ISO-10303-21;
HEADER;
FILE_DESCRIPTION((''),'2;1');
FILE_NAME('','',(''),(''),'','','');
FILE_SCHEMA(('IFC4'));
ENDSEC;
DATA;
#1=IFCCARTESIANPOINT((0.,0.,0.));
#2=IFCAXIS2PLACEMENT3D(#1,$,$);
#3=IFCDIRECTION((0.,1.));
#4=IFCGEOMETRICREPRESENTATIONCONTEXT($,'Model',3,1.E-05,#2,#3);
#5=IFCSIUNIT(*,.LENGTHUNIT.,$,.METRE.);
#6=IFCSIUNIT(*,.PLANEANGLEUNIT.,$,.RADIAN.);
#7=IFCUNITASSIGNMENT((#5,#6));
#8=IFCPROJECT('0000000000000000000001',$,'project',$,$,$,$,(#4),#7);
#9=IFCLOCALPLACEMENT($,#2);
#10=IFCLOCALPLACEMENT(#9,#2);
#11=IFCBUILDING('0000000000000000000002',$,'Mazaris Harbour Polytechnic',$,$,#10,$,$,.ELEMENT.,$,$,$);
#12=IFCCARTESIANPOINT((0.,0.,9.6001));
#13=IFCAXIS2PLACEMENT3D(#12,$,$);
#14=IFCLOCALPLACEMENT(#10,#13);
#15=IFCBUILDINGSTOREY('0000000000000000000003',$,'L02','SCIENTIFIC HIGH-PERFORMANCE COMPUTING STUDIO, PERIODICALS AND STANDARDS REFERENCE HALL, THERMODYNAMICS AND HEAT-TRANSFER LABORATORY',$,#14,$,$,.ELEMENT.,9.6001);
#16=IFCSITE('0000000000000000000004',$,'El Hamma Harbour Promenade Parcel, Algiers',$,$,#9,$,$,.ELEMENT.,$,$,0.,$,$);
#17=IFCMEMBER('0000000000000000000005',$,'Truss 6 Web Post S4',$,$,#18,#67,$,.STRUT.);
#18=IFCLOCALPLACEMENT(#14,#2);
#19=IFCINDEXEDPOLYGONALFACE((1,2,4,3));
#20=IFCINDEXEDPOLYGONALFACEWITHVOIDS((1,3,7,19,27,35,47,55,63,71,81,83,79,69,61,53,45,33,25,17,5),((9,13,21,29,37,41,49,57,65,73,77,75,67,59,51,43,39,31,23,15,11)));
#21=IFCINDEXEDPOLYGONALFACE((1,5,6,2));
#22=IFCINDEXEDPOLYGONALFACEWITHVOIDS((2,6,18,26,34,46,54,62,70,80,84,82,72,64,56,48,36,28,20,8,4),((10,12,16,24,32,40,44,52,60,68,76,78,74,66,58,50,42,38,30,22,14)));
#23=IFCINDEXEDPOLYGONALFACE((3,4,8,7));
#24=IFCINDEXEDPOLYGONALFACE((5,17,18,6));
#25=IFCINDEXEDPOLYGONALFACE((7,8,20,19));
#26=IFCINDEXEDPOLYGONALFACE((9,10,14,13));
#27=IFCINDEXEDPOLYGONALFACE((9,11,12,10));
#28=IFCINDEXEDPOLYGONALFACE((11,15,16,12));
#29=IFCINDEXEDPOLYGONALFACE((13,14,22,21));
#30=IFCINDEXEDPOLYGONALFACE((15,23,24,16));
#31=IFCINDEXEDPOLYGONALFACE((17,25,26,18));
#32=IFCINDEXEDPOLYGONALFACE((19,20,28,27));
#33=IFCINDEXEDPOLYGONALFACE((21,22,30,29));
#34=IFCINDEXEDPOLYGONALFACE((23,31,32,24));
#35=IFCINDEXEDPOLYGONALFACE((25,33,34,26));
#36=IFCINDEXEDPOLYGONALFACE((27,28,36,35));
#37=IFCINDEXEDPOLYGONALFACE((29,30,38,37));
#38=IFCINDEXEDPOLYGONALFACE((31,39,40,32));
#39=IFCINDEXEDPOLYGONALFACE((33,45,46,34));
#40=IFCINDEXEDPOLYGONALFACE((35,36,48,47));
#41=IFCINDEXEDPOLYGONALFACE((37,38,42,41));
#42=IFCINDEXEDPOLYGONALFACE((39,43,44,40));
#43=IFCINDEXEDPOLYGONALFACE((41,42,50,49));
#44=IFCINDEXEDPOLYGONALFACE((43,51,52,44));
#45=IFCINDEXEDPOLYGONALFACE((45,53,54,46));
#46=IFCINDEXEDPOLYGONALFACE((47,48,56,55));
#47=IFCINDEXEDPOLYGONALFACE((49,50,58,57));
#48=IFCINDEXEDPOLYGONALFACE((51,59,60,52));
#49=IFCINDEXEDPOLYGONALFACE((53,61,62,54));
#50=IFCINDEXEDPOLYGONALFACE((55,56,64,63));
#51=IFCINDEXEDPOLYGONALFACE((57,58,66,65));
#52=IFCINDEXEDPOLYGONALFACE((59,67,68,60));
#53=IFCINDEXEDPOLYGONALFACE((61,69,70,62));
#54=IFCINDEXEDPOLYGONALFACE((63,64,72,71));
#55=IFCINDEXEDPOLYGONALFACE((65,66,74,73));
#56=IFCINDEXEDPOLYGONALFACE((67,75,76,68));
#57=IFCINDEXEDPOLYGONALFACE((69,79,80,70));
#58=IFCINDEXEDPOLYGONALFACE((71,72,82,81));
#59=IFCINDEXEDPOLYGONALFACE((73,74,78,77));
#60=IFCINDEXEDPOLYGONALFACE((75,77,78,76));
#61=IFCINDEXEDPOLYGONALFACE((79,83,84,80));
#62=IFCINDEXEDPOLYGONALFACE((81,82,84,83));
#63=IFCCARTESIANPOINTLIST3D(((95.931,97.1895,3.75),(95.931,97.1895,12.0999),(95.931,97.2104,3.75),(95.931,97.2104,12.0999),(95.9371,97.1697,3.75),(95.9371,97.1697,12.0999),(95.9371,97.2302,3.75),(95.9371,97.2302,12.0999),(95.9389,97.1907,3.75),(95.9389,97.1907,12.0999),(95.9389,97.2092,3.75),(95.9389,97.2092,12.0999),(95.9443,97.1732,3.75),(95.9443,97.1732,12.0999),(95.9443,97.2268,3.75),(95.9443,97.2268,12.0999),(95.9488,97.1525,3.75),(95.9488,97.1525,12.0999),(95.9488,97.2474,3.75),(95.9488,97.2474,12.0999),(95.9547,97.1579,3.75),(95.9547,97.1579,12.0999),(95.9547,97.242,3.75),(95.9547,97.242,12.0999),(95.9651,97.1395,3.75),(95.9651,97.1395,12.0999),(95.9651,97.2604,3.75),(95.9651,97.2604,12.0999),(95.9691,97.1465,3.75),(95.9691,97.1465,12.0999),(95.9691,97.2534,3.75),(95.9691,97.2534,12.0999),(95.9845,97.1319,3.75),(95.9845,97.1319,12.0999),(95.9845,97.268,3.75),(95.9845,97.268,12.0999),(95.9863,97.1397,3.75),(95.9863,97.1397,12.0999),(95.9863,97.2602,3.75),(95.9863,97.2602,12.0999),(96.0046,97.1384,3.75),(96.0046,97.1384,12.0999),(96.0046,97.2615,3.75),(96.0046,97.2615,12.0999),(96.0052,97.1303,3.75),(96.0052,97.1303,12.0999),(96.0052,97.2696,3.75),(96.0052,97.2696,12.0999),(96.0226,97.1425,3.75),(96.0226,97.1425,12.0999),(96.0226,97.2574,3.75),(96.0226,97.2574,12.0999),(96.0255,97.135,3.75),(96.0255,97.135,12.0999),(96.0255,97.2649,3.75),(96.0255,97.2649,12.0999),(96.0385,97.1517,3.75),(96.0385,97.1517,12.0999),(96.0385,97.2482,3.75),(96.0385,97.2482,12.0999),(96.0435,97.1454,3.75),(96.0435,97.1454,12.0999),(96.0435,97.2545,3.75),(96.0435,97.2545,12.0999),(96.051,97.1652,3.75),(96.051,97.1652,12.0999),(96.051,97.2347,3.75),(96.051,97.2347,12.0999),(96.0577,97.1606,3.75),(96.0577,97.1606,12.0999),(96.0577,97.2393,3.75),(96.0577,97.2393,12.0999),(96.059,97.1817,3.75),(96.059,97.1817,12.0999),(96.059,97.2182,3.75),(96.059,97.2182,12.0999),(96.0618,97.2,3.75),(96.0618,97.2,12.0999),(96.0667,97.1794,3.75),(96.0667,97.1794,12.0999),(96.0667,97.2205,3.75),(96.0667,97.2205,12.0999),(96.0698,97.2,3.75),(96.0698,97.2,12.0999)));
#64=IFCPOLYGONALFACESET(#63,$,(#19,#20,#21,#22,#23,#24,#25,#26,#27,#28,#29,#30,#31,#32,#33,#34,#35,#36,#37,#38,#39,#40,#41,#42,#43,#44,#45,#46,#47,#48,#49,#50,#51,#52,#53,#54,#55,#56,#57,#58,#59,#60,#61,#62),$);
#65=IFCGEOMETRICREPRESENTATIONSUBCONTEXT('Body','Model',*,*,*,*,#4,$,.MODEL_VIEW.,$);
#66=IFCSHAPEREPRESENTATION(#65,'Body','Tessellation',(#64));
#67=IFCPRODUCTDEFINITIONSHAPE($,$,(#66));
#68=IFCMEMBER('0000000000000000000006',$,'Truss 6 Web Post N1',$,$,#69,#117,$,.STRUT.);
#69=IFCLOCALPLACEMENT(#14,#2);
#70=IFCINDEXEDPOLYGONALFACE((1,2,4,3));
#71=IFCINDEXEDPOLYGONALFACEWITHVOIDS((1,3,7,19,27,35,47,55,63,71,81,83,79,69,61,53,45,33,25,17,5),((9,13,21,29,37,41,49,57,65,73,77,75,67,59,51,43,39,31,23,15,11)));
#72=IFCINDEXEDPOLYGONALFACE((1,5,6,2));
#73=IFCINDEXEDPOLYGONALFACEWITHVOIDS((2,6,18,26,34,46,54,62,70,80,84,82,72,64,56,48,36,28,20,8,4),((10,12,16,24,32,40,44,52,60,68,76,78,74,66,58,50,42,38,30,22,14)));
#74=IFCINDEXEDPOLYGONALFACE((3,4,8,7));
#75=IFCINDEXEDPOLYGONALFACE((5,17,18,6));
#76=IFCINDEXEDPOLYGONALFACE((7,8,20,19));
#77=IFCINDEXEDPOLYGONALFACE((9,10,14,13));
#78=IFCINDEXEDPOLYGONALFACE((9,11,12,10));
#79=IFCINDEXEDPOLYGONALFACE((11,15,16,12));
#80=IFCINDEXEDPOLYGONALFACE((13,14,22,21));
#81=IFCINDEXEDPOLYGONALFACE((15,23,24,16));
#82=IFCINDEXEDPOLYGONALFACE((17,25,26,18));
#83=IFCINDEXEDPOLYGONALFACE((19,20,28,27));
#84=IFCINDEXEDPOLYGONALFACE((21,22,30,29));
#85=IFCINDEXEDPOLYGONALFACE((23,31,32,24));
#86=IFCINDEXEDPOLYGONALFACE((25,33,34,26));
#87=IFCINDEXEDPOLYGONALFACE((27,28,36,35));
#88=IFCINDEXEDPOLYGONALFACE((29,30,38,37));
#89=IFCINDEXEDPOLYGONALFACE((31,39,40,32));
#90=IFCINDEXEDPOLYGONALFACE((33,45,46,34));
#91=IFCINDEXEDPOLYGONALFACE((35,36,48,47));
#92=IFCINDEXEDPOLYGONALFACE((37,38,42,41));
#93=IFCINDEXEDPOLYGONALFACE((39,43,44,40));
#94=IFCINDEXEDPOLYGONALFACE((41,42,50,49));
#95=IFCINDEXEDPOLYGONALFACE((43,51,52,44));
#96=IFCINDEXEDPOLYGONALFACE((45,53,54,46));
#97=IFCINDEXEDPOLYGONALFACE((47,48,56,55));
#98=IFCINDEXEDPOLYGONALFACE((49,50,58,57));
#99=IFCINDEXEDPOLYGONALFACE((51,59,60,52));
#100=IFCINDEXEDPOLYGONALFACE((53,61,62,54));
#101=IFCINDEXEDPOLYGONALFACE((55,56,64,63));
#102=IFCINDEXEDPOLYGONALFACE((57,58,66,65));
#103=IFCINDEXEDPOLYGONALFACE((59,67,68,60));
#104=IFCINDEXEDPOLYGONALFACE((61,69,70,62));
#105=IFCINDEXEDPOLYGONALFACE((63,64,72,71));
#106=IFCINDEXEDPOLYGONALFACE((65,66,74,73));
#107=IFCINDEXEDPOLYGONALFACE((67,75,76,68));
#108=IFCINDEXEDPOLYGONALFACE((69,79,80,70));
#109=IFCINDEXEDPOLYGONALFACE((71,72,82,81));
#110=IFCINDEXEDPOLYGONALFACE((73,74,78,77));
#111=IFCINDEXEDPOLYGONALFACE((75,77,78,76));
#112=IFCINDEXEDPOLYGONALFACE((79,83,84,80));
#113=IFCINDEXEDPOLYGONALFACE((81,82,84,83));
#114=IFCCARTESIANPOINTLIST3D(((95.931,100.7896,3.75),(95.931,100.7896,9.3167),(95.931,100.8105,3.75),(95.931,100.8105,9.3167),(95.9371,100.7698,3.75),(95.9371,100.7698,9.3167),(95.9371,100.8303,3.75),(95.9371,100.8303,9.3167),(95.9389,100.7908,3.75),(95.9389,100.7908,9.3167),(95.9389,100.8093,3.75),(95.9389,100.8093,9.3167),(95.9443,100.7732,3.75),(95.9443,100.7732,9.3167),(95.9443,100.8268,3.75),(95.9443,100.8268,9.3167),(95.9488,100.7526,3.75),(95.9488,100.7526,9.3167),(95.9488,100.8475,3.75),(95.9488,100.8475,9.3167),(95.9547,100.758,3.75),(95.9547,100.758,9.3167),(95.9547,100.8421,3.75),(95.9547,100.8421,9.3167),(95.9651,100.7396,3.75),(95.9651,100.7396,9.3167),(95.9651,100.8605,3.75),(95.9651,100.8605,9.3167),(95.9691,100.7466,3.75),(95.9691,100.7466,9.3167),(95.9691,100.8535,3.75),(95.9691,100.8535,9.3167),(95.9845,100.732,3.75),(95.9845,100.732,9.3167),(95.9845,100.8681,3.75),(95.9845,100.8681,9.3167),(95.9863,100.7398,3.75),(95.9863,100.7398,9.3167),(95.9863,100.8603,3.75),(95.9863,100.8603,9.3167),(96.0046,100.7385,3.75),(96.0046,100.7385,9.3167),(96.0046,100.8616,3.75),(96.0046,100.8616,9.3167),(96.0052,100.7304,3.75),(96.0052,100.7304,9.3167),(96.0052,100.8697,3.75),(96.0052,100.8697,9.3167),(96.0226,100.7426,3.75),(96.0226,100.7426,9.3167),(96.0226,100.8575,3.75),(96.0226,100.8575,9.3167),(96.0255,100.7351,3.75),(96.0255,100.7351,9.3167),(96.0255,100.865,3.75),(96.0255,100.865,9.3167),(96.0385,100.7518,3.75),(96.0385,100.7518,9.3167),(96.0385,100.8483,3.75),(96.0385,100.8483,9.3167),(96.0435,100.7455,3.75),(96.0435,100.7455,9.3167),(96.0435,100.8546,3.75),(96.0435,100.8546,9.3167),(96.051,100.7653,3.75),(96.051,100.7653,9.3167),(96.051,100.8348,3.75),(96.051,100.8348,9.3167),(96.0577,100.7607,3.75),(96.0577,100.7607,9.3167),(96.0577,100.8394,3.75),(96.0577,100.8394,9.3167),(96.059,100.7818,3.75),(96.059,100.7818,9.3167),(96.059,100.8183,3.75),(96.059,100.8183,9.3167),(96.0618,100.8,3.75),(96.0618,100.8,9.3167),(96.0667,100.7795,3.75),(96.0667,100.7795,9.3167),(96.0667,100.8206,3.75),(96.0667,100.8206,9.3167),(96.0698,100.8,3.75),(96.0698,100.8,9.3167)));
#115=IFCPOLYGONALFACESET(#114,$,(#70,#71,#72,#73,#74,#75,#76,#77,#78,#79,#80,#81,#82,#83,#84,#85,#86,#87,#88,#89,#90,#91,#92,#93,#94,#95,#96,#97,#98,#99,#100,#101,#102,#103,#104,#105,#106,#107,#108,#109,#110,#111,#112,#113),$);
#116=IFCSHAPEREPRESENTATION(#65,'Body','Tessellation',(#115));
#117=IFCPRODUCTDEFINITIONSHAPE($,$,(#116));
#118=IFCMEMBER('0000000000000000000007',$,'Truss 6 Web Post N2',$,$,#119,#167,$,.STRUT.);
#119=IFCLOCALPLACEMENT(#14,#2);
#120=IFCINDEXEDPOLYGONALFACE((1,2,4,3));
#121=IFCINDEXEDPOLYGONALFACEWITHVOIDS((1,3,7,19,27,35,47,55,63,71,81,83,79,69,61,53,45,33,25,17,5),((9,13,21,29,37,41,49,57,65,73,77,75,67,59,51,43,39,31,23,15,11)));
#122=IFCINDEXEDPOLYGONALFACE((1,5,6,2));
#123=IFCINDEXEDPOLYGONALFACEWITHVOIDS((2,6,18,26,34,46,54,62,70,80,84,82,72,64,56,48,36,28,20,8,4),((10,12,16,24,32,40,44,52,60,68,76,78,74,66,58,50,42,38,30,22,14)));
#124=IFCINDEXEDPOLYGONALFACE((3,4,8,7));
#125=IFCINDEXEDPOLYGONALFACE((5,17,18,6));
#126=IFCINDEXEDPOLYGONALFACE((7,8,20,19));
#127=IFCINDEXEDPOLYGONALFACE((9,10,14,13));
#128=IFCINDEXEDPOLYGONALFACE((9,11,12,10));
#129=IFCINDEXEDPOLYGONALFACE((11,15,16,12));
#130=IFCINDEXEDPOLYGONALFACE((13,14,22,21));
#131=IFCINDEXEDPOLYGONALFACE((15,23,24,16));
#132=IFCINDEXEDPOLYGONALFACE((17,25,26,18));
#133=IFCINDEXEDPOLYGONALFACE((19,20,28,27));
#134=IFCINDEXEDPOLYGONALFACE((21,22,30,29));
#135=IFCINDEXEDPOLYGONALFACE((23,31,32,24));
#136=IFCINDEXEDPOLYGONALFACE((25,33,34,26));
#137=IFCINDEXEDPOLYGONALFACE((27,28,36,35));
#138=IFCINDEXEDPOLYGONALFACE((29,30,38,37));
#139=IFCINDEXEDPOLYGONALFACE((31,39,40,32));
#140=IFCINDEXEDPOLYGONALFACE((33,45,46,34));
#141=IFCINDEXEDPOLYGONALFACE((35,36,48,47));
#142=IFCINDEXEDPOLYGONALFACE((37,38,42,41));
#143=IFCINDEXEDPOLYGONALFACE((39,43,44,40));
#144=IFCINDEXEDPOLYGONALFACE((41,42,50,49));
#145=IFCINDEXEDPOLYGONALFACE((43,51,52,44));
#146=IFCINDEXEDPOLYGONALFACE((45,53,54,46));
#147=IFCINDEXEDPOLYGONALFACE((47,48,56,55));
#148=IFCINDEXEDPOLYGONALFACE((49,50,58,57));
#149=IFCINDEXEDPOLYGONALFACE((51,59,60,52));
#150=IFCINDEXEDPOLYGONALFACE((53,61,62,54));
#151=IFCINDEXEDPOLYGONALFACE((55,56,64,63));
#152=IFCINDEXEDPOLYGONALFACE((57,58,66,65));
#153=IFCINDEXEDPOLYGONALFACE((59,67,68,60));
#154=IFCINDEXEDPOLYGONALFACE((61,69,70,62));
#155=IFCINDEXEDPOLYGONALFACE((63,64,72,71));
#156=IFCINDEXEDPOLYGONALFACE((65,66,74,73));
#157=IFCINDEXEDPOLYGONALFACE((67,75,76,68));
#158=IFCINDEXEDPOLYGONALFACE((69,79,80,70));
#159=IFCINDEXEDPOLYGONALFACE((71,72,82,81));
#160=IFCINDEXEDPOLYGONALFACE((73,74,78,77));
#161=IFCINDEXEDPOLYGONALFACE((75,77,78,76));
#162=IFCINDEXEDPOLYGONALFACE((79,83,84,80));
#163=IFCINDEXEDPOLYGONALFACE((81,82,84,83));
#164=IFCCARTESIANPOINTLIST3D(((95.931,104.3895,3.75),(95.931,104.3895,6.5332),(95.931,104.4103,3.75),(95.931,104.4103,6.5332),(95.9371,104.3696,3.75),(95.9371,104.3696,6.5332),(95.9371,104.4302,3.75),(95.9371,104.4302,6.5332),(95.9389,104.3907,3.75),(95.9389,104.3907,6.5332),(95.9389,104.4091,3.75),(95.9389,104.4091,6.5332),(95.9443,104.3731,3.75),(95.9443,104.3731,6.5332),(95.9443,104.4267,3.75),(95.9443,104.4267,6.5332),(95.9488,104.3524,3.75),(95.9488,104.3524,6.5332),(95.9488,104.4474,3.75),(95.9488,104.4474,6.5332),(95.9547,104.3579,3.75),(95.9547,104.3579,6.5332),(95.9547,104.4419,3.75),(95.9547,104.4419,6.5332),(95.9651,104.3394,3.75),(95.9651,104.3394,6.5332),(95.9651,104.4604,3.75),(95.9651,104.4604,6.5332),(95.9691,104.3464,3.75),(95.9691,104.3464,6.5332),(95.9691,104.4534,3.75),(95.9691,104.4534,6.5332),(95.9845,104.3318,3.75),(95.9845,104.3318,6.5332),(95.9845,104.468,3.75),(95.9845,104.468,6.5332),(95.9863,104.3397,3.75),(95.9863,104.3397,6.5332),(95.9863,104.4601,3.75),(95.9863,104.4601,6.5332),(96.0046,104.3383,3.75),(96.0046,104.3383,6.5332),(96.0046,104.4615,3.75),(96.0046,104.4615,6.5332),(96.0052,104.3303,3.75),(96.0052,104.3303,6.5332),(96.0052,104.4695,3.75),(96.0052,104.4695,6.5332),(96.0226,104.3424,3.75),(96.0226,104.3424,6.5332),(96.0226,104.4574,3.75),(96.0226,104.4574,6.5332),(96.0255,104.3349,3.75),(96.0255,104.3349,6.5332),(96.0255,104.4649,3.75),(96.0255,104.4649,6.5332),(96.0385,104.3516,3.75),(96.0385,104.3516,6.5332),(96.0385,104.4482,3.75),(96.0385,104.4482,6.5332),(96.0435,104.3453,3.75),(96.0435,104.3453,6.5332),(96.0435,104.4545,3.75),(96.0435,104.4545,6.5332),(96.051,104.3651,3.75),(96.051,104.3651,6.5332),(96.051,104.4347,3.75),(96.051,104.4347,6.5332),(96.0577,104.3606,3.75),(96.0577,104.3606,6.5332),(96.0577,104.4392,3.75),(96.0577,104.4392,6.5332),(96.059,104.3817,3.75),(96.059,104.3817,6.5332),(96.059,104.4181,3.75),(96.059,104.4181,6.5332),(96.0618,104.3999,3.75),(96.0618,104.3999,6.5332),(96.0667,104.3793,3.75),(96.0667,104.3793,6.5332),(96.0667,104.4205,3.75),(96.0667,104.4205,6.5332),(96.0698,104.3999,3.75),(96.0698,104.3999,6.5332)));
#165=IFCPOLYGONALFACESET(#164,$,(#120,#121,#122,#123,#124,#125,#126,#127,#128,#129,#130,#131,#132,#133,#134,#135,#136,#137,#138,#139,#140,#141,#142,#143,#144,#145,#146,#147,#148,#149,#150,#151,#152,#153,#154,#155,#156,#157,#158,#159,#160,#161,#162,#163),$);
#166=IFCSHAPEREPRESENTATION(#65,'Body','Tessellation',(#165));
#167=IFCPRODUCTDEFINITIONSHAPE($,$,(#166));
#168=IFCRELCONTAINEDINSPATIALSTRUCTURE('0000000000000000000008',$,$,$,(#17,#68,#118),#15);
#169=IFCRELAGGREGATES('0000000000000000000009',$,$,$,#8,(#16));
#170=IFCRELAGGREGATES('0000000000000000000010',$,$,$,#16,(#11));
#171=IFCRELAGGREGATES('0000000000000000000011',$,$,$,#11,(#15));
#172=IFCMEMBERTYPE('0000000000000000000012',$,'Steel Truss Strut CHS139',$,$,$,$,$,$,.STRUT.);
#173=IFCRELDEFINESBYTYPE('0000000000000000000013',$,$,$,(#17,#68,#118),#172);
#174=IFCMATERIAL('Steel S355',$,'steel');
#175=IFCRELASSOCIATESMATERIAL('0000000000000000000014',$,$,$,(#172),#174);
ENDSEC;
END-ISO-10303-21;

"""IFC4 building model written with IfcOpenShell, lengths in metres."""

from ifc_helpers import new_model, si_unit, direction, frame, origin, origin_2d, place, context, subcontext, project, spatial, hollow_circle, extrude, material, material_profile, profile_set, type_object, element, save


model = new_model("IFC4")

# Units and contexts
model_context = context("Model", 3, precision=1e-05, world=origin(), true_north=direction((0.0, 1.0)))
body_context = subcontext(model_context, "Body", "Model", "MODEL_VIEW")
ifc_project = project(units=[si_unit("LENGTHUNIT", "METRE"), si_unit("PLANEANGLEUNIT", "RADIAN")], contexts=[model_context])

# Site, building, storey
site_placement = place(None, origin())
site = spatial("IfcSite", under=ifc_project, at=site_placement, Name="El Hamma Harbour Promenade Parcel, Algiers", CompositionType="ELEMENT", RefElevation=0.0)
building_placement = place(site_placement, origin())
building = spatial("IfcBuilding", under=site, at=building_placement, Name="Mazaris Harbour Polytechnic", CompositionType="ELEMENT")
storey_placement = place(building_placement, frame((0.0, 0.0, 9.6001)))
storey = spatial("IfcBuildingStorey", under=building, at=storey_placement, Name="L02", Description="SCIENTIFIC HIGH-PERFORMANCE COMPUTING STUDIO, PERIODICALS AND STANDARDS REFERENCE HALL, THERMODYNAMICS AND HEAT-TRANSFER LABORATORY", CompositionType="ELEMENT", Elevation=9.6001)

# Members
ifc_material_1 = material(Name="Steel S355", Category="steel")
ifc_material_profile_1 = material_profile(ifc_material_1, hollow_circle(Radius=0.0698, WallThickness=0.0081, at=origin_2d()), Name="CHS 139.7x8.0")
ifc_profile_set_1 = profile_set([ifc_material_profile_1], Name="Steel S355")
member_type_1 = type_object("IfcMemberType", Name="Steel Truss Strut CHS139", PredefinedType="STRUT", material=ifc_profile_set_1)
member_1_placement = place(storey_placement, frame((96.0, 97.2, 3.75), z_axis=(0.0, 0.0, 1.0), x_axis=(1.0, 0.0, 0.0)))
element("IfcMember", 1, at=member_1_placement, inside=storey, type_object=member_type_1, Name="Truss 6 Web Post S4", PredefinedType="STRUT", context=body_context, shape_type="SweptSolid", body=[
    extrude(hollow_circle(Radius=0.0698, WallThickness=0.0081, at=origin_2d()), origin(), (0.0, 0.0, 1.0), 8.3499),
])
member_2_placement = place(storey_placement, frame((96.0, 100.8, 3.75), z_axis=(0.0, 0.0, 1.0), x_axis=(1.0, 0.0, 0.0)))
element("IfcMember", 2, at=member_2_placement, inside=storey, type_object=member_type_1, Name="Truss 6 Web Post N1", PredefinedType="STRUT", context=body_context, shape_type="SweptSolid", body=[
    extrude(hollow_circle(Radius=0.0698, WallThickness=0.0081, at=origin_2d()), origin(), (0.0, 0.0, 1.0), 5.5667),
])
member_3_placement = place(storey_placement, frame((96.0, 104.3999, 3.75), z_axis=(0.0, 0.0, 1.0), x_axis=(1.0, 0.0, 0.0)))
element("IfcMember", 3, at=member_3_placement, inside=storey, type_object=member_type_1, Name="Truss 6 Web Post N2", PredefinedType="STRUT", context=body_context, shape_type="SweptSolid", body=[
    extrude(hollow_circle(Radius=0.0698, WallThickness=0.0081, at=origin_2d()), origin(), (0.0, 0.0, 1.0), 2.7832),
])

save(model, "model.ifc")
